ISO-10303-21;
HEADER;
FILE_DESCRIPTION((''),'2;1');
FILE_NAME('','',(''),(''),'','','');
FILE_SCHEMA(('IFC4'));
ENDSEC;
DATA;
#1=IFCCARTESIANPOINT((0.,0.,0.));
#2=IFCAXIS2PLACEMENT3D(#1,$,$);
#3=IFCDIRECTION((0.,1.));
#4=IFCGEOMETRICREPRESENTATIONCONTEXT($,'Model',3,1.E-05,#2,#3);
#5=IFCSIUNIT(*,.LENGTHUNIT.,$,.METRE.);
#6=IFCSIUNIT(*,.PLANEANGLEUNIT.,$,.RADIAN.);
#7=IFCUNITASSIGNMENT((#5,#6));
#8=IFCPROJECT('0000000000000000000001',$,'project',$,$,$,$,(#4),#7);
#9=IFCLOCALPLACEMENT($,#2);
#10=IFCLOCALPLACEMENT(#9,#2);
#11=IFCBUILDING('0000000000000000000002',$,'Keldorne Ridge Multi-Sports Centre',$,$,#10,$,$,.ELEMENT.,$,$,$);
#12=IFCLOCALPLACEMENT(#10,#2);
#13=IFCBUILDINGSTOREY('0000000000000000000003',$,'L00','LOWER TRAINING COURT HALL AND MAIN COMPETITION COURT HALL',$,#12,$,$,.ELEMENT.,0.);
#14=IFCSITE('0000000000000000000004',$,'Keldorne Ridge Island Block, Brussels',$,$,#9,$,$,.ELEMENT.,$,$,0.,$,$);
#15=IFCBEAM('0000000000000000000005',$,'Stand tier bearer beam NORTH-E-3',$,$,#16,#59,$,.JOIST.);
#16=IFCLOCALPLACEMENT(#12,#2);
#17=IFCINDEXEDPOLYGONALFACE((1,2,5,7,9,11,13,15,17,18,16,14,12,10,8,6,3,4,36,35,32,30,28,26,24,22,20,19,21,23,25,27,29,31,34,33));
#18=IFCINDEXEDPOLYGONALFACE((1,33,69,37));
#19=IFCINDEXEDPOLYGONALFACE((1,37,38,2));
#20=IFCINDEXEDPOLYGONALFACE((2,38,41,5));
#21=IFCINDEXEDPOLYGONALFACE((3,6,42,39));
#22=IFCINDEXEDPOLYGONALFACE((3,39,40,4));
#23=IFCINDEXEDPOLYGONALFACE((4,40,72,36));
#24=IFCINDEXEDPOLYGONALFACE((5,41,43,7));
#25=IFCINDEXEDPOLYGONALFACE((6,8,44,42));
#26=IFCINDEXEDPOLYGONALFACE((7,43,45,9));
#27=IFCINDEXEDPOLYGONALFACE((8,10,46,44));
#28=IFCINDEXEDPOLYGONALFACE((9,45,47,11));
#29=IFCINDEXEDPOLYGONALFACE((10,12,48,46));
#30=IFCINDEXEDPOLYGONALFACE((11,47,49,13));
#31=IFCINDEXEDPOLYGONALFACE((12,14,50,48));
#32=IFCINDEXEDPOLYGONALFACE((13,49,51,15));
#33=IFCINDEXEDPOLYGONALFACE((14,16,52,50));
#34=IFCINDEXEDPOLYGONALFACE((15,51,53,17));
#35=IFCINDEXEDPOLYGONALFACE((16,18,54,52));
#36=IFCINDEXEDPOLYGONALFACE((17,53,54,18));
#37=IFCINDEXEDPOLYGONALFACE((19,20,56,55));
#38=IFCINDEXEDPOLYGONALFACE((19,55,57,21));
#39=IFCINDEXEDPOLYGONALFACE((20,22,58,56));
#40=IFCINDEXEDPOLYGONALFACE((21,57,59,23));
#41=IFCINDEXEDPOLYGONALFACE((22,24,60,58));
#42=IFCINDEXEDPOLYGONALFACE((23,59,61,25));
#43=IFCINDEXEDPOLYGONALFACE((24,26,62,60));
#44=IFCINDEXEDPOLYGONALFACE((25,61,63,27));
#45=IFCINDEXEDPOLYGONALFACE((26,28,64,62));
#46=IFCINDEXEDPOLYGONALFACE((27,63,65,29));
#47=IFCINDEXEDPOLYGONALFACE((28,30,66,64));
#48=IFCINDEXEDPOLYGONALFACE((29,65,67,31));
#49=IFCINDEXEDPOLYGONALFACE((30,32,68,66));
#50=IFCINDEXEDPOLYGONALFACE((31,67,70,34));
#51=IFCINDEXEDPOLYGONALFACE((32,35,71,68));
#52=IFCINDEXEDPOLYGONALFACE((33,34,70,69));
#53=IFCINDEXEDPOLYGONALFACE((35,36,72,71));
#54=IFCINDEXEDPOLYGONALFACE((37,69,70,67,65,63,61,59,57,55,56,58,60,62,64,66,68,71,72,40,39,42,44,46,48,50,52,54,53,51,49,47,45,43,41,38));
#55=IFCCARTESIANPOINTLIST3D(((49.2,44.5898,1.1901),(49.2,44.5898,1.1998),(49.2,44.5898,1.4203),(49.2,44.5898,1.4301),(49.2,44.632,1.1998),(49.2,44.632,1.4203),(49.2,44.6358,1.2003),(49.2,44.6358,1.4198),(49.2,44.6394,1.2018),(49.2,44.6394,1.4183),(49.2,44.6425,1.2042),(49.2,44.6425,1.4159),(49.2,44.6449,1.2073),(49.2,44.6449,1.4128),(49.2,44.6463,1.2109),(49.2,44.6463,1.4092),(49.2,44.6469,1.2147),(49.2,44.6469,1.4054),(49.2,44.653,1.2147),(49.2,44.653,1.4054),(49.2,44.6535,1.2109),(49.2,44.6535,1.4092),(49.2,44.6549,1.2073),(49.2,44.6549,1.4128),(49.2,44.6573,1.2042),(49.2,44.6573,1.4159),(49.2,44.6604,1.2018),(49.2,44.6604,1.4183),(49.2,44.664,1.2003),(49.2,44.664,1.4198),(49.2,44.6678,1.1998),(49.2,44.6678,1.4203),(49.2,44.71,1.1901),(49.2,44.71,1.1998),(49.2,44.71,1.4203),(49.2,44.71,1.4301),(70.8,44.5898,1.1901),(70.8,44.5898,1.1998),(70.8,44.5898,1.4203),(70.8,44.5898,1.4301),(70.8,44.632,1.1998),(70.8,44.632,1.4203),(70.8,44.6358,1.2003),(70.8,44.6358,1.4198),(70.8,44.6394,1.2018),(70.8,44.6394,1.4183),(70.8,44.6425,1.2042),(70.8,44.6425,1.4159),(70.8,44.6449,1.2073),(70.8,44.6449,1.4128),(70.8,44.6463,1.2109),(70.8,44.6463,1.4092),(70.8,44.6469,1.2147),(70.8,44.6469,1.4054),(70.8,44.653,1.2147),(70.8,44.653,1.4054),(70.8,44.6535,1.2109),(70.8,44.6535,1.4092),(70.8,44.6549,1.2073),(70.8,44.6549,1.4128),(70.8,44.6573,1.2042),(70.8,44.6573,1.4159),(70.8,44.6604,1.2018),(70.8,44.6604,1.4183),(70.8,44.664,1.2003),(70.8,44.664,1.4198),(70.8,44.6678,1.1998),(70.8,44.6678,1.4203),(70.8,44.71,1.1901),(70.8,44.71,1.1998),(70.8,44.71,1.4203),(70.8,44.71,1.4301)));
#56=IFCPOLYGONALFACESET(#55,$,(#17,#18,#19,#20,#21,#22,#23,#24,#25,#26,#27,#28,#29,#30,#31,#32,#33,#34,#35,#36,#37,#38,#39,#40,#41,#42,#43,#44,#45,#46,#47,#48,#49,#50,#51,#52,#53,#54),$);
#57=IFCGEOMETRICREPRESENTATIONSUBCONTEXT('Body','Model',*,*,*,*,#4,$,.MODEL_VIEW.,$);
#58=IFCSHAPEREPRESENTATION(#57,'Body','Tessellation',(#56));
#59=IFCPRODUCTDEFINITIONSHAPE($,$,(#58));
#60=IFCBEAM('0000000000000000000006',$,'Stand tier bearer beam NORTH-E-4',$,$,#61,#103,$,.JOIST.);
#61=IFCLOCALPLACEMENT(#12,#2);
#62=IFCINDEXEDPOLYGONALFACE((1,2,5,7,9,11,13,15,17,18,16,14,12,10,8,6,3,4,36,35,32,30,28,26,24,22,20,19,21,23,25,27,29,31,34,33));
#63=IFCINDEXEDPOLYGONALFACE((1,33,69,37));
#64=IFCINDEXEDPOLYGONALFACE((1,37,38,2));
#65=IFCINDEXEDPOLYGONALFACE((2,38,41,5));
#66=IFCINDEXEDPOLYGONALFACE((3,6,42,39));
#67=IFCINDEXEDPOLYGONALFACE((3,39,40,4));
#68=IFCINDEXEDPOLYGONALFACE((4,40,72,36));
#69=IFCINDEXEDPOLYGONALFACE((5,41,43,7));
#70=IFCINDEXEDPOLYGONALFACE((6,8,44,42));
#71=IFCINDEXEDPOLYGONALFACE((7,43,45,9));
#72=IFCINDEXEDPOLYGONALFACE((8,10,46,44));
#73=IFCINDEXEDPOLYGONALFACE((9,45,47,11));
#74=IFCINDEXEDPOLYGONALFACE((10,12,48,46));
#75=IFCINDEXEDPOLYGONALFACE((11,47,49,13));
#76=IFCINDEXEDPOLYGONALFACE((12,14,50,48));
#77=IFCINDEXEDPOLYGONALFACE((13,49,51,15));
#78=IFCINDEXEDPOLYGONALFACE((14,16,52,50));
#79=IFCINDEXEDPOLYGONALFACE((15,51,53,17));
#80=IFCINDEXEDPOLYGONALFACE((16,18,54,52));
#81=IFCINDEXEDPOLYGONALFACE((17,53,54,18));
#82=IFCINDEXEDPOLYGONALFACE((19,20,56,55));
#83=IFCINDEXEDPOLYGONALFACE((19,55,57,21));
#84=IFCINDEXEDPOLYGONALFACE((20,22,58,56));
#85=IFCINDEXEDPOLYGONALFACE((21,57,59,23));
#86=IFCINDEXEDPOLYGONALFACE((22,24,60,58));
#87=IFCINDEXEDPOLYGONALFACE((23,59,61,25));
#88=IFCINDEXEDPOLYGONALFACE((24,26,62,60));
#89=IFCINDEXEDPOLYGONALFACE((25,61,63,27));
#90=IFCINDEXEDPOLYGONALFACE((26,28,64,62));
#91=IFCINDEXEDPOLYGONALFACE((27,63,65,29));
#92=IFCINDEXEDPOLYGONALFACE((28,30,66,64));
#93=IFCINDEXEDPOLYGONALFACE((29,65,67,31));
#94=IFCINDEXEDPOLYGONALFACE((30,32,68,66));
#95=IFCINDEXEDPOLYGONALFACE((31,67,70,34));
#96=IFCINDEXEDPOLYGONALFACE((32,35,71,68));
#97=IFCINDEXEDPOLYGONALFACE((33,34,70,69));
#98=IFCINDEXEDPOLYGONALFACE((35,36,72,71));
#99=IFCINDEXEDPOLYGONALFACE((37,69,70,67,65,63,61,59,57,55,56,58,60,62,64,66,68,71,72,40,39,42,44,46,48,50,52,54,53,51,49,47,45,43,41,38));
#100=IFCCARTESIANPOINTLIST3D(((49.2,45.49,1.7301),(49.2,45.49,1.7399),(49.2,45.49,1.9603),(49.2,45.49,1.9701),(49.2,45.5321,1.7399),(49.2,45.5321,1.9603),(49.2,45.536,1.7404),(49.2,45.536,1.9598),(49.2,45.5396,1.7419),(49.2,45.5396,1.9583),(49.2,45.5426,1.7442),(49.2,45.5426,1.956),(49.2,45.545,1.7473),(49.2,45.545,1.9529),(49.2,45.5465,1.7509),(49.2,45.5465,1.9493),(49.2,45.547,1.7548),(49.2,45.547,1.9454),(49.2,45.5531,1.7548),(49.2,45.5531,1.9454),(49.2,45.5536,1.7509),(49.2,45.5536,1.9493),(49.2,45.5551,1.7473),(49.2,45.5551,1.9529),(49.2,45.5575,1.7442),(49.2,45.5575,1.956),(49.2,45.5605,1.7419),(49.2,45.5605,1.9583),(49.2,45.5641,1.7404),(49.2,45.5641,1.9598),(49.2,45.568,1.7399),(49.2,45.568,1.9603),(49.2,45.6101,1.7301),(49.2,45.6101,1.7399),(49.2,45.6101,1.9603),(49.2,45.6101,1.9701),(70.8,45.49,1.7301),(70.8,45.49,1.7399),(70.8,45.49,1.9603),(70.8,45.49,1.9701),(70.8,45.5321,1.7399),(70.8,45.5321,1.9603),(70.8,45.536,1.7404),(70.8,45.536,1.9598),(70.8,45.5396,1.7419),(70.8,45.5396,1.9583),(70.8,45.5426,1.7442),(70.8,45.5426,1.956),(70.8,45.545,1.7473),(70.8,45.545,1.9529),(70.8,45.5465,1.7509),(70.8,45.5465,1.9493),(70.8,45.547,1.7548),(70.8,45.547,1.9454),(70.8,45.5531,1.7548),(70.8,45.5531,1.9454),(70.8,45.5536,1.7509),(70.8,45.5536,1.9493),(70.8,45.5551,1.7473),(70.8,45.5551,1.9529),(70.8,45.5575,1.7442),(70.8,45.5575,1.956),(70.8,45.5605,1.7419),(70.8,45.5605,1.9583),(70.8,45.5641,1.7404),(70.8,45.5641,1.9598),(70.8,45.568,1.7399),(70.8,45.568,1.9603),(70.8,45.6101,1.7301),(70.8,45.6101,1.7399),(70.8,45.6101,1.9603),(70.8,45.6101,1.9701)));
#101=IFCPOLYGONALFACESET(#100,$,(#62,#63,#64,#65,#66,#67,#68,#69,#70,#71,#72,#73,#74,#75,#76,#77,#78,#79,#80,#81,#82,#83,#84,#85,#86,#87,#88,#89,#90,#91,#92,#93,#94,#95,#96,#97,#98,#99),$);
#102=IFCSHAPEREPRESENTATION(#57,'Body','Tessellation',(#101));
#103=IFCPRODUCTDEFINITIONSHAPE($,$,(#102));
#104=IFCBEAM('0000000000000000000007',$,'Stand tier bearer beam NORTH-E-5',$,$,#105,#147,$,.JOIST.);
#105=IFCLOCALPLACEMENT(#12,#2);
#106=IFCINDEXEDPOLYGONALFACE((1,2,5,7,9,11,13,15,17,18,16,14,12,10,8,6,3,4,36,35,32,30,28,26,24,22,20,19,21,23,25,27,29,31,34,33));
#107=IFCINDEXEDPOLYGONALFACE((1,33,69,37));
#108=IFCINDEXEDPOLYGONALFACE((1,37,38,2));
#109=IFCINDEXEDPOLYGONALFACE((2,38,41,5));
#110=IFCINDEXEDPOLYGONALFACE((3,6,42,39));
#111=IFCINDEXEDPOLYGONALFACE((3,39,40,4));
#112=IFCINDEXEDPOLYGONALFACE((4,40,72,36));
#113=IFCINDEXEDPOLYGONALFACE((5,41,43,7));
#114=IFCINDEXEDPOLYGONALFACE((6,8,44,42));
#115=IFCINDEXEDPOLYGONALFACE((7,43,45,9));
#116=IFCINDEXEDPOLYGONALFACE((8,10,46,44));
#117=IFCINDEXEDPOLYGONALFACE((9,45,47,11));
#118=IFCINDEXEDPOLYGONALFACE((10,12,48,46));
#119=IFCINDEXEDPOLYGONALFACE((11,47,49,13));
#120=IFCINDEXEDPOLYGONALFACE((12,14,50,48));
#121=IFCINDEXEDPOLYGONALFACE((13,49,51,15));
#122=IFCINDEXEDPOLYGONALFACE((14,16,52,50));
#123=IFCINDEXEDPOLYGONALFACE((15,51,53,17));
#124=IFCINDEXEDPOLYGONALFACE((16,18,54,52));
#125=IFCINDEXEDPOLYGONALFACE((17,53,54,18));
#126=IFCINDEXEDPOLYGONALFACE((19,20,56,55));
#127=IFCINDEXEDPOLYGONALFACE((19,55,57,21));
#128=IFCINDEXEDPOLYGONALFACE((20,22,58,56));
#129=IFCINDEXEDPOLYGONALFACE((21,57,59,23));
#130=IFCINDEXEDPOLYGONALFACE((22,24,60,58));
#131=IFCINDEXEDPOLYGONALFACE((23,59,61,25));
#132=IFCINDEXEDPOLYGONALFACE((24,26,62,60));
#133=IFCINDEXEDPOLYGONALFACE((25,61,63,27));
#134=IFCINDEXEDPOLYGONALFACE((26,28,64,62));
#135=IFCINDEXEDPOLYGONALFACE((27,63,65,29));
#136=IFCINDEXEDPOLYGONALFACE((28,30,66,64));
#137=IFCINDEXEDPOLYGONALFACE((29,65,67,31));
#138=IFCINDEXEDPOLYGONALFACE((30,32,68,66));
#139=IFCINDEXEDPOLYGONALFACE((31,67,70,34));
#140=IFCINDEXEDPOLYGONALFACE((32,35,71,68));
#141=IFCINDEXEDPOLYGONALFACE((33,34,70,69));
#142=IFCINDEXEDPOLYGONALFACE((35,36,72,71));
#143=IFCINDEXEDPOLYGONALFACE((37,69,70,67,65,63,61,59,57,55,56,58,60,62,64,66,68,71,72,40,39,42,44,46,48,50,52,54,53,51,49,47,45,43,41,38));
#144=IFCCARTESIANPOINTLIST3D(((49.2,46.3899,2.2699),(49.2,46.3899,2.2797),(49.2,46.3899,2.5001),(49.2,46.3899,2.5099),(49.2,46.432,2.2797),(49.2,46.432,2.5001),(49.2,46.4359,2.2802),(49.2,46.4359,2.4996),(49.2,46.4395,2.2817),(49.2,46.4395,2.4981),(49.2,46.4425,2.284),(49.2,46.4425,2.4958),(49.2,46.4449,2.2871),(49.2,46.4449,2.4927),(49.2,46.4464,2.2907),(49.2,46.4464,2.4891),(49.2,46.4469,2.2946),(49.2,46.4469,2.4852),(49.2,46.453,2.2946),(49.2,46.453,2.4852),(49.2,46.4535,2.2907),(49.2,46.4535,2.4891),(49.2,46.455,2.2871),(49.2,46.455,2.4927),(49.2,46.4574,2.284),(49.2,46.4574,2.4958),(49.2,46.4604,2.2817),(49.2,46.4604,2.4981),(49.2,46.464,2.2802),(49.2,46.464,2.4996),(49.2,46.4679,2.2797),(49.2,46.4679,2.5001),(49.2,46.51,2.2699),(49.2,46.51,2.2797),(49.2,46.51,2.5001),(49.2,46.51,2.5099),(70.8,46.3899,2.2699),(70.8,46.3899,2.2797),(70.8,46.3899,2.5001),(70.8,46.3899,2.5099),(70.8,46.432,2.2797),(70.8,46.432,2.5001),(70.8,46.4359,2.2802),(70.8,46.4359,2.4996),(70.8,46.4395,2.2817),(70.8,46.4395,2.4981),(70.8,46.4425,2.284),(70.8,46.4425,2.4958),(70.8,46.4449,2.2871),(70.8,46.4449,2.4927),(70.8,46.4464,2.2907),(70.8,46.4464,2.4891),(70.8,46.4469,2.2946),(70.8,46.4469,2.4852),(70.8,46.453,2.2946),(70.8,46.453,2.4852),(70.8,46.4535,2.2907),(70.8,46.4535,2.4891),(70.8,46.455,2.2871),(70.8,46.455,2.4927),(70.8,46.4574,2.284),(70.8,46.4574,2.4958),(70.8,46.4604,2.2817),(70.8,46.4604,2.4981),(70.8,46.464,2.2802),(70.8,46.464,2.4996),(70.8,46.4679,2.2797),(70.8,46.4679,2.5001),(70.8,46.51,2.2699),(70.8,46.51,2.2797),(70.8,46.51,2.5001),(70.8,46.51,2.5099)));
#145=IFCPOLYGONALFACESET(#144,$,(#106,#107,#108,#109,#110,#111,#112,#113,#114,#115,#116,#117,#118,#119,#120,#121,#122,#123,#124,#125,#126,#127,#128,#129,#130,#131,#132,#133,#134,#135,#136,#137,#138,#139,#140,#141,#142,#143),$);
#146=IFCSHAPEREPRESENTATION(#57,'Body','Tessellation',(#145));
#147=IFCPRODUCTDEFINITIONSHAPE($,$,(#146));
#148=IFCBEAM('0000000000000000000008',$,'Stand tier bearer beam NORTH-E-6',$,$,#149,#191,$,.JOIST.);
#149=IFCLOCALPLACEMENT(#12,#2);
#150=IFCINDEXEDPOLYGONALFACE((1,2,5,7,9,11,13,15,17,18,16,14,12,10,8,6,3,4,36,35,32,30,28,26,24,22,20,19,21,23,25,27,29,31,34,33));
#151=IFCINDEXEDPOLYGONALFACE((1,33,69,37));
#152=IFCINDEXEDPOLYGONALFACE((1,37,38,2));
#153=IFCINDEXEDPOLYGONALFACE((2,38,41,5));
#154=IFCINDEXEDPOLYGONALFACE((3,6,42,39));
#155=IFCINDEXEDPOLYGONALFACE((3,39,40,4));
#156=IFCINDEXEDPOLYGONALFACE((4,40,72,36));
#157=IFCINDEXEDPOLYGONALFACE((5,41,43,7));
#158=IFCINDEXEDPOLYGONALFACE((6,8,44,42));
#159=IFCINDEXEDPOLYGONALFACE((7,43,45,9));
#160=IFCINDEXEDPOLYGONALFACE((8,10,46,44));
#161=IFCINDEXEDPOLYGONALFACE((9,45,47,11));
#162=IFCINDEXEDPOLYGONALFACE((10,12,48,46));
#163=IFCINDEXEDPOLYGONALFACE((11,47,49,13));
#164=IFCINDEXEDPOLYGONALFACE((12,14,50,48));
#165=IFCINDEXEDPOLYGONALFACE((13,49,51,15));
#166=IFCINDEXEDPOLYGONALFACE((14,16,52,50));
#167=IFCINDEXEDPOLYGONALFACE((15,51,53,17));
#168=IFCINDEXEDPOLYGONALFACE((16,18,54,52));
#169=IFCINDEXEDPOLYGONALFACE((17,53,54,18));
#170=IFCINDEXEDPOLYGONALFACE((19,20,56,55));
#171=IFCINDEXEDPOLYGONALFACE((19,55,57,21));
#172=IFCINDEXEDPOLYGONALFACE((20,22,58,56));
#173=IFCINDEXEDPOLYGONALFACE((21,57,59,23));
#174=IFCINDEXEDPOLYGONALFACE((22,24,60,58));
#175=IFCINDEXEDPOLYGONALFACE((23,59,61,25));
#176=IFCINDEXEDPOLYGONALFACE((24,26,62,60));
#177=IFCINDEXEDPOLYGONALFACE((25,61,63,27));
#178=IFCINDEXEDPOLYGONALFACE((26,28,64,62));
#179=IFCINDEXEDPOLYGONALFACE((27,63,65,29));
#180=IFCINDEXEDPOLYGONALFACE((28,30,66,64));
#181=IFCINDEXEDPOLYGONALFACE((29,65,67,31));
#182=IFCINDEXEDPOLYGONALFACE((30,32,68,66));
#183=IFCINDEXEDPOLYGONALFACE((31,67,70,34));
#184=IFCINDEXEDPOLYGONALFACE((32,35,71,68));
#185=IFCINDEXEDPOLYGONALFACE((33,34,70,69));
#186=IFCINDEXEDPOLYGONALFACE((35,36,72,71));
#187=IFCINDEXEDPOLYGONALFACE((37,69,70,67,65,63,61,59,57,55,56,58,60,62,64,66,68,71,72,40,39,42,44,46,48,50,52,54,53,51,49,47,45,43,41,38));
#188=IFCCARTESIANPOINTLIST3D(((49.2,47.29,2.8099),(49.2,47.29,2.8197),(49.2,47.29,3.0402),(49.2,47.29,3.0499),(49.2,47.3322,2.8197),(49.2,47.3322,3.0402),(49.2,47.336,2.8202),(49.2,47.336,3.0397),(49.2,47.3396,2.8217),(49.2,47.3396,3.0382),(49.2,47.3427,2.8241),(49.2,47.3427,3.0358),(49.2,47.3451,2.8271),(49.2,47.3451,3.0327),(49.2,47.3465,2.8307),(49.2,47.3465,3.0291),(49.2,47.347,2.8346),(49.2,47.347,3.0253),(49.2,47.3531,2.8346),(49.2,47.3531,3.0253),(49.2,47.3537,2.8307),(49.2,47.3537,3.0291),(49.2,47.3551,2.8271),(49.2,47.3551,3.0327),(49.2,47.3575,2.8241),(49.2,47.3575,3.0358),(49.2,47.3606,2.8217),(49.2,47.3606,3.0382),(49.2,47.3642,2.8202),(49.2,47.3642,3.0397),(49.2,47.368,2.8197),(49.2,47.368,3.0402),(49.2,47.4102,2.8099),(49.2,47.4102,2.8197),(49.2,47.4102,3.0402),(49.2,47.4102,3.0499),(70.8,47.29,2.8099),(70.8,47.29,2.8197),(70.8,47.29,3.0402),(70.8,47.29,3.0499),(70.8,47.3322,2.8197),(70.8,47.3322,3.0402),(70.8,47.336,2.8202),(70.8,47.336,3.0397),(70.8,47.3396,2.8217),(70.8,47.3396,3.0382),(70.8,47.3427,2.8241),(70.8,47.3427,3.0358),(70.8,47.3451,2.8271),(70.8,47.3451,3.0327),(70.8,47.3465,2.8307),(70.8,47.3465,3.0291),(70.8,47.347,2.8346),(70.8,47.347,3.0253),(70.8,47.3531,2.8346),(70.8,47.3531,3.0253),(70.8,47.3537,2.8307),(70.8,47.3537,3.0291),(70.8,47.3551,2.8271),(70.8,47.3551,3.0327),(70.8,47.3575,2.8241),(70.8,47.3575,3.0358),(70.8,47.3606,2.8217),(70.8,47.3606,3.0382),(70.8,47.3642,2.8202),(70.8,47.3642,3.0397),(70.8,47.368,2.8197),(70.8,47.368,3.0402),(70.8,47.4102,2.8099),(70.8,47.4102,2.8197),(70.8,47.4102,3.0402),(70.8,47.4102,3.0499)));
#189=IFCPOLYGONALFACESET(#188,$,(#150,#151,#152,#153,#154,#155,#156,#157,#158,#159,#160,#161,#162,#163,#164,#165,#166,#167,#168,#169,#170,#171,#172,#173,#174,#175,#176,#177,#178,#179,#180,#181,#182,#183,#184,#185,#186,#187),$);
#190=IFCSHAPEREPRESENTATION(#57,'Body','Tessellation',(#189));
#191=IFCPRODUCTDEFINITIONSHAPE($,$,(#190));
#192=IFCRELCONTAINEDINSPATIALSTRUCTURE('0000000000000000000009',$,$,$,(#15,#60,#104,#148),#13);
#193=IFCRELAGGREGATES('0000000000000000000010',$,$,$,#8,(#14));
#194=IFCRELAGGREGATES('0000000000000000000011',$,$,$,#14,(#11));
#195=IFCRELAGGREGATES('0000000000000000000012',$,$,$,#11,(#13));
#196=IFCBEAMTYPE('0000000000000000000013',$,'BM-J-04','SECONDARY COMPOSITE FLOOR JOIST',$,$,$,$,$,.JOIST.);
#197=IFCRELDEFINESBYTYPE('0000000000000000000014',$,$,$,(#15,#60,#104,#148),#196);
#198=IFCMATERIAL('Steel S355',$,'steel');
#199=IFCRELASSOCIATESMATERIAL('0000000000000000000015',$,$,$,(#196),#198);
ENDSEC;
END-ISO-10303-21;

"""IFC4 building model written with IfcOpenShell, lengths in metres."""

from ifc_helpers import new_model, si_unit, direction, frame, origin, origin_2d, place, context, subcontext, project, spatial, i_section, extrude, material, material_profile, profile_set, type_object, element, save


model = new_model("IFC4")

# Units and contexts
model_context = context("Model", 3, precision=1e-05, world=origin(), true_north=direction((0.0, 1.0)))
body_context = subcontext(model_context, "Body", "Model", "MODEL_VIEW")
ifc_project = project(units=[si_unit("LENGTHUNIT", "METRE"), si_unit("PLANEANGLEUNIT", "RADIAN")], contexts=[model_context])

# Site, building, storey
site_placement = place(None, origin())
site = spatial("IfcSite", under=ifc_project, at=site_placement, Name="Keldorne Ridge Island Block, Brussels", CompositionType="ELEMENT", RefElevation=0.0)
building_placement = place(site_placement, origin())
building = spatial("IfcBuilding", under=site, at=building_placement, Name="Keldorne Ridge Multi-Sports Centre", CompositionType="ELEMENT")
storey_placement = place(building_placement, origin())
storey = spatial("IfcBuildingStorey", under=building, at=storey_placement, Name="L00", Description="LOWER TRAINING COURT HALL AND MAIN COMPETITION COURT HALL", CompositionType="ELEMENT", Elevation=0.0)

# Shared definitions
ifc_material_1 = material(Name="Steel S355", Category="steel")

# Beams
ifc_material_profile_1 = material_profile(ifc_material_1, i_section(OverallWidth=0.1201, OverallDepth=0.24, WebThickness=0.0061, FlangeThickness=0.0098, FilletRadius=0.0149, at=origin_2d()), Name="IPE 240")
ifc_profile_set_1 = profile_set([ifc_material_profile_1], Name="Steel S355")
beam_type_1 = type_object("IfcBeamType", Name="BM-J-04", Description="SECONDARY COMPOSITE FLOOR JOIST", PredefinedType="JOIST", material=ifc_profile_set_1)
for number, where, z_axis, x_axis, name in (
    (1, (49.2, 44.6499, 1.3101), (1.0, 0.0, 0.0), (0.0, 1.0, 0.0), "Stand tier bearer beam NORTH-E-3"),
    (2, (49.2, 45.55, 1.8501), (1.0, 0.0, 0.0), (0.0, 1.0, 0.0), "Stand tier bearer beam NORTH-E-4"),
    (3, (49.2, 46.45, 2.3899), (1.0, 0.0, 0.0), (0.0, 1.0, 0.0), "Stand tier bearer beam NORTH-E-5"),
    (4, (49.2, 47.3501, 2.9299), (1.0, 0.0, 0.0), (0.0, 1.0, 0.0), "Stand tier bearer beam NORTH-E-6"),
):
    element("IfcBeam", number, at=place(storey_placement, frame(where, z_axis=z_axis, x_axis=x_axis)), inside=storey, type_object=beam_type_1, Name=name, PredefinedType="JOIST", context=body_context, shape_type="SweptSolid", body=[
        extrude(i_section(OverallWidth=0.1201, OverallDepth=0.24, WebThickness=0.0061, FlangeThickness=0.0098, FilletRadius=0.0149, at=origin_2d()), origin(), (0.0, 0.0, 1.0), 21.6001),
    ])

save(model, "model.ifc")
